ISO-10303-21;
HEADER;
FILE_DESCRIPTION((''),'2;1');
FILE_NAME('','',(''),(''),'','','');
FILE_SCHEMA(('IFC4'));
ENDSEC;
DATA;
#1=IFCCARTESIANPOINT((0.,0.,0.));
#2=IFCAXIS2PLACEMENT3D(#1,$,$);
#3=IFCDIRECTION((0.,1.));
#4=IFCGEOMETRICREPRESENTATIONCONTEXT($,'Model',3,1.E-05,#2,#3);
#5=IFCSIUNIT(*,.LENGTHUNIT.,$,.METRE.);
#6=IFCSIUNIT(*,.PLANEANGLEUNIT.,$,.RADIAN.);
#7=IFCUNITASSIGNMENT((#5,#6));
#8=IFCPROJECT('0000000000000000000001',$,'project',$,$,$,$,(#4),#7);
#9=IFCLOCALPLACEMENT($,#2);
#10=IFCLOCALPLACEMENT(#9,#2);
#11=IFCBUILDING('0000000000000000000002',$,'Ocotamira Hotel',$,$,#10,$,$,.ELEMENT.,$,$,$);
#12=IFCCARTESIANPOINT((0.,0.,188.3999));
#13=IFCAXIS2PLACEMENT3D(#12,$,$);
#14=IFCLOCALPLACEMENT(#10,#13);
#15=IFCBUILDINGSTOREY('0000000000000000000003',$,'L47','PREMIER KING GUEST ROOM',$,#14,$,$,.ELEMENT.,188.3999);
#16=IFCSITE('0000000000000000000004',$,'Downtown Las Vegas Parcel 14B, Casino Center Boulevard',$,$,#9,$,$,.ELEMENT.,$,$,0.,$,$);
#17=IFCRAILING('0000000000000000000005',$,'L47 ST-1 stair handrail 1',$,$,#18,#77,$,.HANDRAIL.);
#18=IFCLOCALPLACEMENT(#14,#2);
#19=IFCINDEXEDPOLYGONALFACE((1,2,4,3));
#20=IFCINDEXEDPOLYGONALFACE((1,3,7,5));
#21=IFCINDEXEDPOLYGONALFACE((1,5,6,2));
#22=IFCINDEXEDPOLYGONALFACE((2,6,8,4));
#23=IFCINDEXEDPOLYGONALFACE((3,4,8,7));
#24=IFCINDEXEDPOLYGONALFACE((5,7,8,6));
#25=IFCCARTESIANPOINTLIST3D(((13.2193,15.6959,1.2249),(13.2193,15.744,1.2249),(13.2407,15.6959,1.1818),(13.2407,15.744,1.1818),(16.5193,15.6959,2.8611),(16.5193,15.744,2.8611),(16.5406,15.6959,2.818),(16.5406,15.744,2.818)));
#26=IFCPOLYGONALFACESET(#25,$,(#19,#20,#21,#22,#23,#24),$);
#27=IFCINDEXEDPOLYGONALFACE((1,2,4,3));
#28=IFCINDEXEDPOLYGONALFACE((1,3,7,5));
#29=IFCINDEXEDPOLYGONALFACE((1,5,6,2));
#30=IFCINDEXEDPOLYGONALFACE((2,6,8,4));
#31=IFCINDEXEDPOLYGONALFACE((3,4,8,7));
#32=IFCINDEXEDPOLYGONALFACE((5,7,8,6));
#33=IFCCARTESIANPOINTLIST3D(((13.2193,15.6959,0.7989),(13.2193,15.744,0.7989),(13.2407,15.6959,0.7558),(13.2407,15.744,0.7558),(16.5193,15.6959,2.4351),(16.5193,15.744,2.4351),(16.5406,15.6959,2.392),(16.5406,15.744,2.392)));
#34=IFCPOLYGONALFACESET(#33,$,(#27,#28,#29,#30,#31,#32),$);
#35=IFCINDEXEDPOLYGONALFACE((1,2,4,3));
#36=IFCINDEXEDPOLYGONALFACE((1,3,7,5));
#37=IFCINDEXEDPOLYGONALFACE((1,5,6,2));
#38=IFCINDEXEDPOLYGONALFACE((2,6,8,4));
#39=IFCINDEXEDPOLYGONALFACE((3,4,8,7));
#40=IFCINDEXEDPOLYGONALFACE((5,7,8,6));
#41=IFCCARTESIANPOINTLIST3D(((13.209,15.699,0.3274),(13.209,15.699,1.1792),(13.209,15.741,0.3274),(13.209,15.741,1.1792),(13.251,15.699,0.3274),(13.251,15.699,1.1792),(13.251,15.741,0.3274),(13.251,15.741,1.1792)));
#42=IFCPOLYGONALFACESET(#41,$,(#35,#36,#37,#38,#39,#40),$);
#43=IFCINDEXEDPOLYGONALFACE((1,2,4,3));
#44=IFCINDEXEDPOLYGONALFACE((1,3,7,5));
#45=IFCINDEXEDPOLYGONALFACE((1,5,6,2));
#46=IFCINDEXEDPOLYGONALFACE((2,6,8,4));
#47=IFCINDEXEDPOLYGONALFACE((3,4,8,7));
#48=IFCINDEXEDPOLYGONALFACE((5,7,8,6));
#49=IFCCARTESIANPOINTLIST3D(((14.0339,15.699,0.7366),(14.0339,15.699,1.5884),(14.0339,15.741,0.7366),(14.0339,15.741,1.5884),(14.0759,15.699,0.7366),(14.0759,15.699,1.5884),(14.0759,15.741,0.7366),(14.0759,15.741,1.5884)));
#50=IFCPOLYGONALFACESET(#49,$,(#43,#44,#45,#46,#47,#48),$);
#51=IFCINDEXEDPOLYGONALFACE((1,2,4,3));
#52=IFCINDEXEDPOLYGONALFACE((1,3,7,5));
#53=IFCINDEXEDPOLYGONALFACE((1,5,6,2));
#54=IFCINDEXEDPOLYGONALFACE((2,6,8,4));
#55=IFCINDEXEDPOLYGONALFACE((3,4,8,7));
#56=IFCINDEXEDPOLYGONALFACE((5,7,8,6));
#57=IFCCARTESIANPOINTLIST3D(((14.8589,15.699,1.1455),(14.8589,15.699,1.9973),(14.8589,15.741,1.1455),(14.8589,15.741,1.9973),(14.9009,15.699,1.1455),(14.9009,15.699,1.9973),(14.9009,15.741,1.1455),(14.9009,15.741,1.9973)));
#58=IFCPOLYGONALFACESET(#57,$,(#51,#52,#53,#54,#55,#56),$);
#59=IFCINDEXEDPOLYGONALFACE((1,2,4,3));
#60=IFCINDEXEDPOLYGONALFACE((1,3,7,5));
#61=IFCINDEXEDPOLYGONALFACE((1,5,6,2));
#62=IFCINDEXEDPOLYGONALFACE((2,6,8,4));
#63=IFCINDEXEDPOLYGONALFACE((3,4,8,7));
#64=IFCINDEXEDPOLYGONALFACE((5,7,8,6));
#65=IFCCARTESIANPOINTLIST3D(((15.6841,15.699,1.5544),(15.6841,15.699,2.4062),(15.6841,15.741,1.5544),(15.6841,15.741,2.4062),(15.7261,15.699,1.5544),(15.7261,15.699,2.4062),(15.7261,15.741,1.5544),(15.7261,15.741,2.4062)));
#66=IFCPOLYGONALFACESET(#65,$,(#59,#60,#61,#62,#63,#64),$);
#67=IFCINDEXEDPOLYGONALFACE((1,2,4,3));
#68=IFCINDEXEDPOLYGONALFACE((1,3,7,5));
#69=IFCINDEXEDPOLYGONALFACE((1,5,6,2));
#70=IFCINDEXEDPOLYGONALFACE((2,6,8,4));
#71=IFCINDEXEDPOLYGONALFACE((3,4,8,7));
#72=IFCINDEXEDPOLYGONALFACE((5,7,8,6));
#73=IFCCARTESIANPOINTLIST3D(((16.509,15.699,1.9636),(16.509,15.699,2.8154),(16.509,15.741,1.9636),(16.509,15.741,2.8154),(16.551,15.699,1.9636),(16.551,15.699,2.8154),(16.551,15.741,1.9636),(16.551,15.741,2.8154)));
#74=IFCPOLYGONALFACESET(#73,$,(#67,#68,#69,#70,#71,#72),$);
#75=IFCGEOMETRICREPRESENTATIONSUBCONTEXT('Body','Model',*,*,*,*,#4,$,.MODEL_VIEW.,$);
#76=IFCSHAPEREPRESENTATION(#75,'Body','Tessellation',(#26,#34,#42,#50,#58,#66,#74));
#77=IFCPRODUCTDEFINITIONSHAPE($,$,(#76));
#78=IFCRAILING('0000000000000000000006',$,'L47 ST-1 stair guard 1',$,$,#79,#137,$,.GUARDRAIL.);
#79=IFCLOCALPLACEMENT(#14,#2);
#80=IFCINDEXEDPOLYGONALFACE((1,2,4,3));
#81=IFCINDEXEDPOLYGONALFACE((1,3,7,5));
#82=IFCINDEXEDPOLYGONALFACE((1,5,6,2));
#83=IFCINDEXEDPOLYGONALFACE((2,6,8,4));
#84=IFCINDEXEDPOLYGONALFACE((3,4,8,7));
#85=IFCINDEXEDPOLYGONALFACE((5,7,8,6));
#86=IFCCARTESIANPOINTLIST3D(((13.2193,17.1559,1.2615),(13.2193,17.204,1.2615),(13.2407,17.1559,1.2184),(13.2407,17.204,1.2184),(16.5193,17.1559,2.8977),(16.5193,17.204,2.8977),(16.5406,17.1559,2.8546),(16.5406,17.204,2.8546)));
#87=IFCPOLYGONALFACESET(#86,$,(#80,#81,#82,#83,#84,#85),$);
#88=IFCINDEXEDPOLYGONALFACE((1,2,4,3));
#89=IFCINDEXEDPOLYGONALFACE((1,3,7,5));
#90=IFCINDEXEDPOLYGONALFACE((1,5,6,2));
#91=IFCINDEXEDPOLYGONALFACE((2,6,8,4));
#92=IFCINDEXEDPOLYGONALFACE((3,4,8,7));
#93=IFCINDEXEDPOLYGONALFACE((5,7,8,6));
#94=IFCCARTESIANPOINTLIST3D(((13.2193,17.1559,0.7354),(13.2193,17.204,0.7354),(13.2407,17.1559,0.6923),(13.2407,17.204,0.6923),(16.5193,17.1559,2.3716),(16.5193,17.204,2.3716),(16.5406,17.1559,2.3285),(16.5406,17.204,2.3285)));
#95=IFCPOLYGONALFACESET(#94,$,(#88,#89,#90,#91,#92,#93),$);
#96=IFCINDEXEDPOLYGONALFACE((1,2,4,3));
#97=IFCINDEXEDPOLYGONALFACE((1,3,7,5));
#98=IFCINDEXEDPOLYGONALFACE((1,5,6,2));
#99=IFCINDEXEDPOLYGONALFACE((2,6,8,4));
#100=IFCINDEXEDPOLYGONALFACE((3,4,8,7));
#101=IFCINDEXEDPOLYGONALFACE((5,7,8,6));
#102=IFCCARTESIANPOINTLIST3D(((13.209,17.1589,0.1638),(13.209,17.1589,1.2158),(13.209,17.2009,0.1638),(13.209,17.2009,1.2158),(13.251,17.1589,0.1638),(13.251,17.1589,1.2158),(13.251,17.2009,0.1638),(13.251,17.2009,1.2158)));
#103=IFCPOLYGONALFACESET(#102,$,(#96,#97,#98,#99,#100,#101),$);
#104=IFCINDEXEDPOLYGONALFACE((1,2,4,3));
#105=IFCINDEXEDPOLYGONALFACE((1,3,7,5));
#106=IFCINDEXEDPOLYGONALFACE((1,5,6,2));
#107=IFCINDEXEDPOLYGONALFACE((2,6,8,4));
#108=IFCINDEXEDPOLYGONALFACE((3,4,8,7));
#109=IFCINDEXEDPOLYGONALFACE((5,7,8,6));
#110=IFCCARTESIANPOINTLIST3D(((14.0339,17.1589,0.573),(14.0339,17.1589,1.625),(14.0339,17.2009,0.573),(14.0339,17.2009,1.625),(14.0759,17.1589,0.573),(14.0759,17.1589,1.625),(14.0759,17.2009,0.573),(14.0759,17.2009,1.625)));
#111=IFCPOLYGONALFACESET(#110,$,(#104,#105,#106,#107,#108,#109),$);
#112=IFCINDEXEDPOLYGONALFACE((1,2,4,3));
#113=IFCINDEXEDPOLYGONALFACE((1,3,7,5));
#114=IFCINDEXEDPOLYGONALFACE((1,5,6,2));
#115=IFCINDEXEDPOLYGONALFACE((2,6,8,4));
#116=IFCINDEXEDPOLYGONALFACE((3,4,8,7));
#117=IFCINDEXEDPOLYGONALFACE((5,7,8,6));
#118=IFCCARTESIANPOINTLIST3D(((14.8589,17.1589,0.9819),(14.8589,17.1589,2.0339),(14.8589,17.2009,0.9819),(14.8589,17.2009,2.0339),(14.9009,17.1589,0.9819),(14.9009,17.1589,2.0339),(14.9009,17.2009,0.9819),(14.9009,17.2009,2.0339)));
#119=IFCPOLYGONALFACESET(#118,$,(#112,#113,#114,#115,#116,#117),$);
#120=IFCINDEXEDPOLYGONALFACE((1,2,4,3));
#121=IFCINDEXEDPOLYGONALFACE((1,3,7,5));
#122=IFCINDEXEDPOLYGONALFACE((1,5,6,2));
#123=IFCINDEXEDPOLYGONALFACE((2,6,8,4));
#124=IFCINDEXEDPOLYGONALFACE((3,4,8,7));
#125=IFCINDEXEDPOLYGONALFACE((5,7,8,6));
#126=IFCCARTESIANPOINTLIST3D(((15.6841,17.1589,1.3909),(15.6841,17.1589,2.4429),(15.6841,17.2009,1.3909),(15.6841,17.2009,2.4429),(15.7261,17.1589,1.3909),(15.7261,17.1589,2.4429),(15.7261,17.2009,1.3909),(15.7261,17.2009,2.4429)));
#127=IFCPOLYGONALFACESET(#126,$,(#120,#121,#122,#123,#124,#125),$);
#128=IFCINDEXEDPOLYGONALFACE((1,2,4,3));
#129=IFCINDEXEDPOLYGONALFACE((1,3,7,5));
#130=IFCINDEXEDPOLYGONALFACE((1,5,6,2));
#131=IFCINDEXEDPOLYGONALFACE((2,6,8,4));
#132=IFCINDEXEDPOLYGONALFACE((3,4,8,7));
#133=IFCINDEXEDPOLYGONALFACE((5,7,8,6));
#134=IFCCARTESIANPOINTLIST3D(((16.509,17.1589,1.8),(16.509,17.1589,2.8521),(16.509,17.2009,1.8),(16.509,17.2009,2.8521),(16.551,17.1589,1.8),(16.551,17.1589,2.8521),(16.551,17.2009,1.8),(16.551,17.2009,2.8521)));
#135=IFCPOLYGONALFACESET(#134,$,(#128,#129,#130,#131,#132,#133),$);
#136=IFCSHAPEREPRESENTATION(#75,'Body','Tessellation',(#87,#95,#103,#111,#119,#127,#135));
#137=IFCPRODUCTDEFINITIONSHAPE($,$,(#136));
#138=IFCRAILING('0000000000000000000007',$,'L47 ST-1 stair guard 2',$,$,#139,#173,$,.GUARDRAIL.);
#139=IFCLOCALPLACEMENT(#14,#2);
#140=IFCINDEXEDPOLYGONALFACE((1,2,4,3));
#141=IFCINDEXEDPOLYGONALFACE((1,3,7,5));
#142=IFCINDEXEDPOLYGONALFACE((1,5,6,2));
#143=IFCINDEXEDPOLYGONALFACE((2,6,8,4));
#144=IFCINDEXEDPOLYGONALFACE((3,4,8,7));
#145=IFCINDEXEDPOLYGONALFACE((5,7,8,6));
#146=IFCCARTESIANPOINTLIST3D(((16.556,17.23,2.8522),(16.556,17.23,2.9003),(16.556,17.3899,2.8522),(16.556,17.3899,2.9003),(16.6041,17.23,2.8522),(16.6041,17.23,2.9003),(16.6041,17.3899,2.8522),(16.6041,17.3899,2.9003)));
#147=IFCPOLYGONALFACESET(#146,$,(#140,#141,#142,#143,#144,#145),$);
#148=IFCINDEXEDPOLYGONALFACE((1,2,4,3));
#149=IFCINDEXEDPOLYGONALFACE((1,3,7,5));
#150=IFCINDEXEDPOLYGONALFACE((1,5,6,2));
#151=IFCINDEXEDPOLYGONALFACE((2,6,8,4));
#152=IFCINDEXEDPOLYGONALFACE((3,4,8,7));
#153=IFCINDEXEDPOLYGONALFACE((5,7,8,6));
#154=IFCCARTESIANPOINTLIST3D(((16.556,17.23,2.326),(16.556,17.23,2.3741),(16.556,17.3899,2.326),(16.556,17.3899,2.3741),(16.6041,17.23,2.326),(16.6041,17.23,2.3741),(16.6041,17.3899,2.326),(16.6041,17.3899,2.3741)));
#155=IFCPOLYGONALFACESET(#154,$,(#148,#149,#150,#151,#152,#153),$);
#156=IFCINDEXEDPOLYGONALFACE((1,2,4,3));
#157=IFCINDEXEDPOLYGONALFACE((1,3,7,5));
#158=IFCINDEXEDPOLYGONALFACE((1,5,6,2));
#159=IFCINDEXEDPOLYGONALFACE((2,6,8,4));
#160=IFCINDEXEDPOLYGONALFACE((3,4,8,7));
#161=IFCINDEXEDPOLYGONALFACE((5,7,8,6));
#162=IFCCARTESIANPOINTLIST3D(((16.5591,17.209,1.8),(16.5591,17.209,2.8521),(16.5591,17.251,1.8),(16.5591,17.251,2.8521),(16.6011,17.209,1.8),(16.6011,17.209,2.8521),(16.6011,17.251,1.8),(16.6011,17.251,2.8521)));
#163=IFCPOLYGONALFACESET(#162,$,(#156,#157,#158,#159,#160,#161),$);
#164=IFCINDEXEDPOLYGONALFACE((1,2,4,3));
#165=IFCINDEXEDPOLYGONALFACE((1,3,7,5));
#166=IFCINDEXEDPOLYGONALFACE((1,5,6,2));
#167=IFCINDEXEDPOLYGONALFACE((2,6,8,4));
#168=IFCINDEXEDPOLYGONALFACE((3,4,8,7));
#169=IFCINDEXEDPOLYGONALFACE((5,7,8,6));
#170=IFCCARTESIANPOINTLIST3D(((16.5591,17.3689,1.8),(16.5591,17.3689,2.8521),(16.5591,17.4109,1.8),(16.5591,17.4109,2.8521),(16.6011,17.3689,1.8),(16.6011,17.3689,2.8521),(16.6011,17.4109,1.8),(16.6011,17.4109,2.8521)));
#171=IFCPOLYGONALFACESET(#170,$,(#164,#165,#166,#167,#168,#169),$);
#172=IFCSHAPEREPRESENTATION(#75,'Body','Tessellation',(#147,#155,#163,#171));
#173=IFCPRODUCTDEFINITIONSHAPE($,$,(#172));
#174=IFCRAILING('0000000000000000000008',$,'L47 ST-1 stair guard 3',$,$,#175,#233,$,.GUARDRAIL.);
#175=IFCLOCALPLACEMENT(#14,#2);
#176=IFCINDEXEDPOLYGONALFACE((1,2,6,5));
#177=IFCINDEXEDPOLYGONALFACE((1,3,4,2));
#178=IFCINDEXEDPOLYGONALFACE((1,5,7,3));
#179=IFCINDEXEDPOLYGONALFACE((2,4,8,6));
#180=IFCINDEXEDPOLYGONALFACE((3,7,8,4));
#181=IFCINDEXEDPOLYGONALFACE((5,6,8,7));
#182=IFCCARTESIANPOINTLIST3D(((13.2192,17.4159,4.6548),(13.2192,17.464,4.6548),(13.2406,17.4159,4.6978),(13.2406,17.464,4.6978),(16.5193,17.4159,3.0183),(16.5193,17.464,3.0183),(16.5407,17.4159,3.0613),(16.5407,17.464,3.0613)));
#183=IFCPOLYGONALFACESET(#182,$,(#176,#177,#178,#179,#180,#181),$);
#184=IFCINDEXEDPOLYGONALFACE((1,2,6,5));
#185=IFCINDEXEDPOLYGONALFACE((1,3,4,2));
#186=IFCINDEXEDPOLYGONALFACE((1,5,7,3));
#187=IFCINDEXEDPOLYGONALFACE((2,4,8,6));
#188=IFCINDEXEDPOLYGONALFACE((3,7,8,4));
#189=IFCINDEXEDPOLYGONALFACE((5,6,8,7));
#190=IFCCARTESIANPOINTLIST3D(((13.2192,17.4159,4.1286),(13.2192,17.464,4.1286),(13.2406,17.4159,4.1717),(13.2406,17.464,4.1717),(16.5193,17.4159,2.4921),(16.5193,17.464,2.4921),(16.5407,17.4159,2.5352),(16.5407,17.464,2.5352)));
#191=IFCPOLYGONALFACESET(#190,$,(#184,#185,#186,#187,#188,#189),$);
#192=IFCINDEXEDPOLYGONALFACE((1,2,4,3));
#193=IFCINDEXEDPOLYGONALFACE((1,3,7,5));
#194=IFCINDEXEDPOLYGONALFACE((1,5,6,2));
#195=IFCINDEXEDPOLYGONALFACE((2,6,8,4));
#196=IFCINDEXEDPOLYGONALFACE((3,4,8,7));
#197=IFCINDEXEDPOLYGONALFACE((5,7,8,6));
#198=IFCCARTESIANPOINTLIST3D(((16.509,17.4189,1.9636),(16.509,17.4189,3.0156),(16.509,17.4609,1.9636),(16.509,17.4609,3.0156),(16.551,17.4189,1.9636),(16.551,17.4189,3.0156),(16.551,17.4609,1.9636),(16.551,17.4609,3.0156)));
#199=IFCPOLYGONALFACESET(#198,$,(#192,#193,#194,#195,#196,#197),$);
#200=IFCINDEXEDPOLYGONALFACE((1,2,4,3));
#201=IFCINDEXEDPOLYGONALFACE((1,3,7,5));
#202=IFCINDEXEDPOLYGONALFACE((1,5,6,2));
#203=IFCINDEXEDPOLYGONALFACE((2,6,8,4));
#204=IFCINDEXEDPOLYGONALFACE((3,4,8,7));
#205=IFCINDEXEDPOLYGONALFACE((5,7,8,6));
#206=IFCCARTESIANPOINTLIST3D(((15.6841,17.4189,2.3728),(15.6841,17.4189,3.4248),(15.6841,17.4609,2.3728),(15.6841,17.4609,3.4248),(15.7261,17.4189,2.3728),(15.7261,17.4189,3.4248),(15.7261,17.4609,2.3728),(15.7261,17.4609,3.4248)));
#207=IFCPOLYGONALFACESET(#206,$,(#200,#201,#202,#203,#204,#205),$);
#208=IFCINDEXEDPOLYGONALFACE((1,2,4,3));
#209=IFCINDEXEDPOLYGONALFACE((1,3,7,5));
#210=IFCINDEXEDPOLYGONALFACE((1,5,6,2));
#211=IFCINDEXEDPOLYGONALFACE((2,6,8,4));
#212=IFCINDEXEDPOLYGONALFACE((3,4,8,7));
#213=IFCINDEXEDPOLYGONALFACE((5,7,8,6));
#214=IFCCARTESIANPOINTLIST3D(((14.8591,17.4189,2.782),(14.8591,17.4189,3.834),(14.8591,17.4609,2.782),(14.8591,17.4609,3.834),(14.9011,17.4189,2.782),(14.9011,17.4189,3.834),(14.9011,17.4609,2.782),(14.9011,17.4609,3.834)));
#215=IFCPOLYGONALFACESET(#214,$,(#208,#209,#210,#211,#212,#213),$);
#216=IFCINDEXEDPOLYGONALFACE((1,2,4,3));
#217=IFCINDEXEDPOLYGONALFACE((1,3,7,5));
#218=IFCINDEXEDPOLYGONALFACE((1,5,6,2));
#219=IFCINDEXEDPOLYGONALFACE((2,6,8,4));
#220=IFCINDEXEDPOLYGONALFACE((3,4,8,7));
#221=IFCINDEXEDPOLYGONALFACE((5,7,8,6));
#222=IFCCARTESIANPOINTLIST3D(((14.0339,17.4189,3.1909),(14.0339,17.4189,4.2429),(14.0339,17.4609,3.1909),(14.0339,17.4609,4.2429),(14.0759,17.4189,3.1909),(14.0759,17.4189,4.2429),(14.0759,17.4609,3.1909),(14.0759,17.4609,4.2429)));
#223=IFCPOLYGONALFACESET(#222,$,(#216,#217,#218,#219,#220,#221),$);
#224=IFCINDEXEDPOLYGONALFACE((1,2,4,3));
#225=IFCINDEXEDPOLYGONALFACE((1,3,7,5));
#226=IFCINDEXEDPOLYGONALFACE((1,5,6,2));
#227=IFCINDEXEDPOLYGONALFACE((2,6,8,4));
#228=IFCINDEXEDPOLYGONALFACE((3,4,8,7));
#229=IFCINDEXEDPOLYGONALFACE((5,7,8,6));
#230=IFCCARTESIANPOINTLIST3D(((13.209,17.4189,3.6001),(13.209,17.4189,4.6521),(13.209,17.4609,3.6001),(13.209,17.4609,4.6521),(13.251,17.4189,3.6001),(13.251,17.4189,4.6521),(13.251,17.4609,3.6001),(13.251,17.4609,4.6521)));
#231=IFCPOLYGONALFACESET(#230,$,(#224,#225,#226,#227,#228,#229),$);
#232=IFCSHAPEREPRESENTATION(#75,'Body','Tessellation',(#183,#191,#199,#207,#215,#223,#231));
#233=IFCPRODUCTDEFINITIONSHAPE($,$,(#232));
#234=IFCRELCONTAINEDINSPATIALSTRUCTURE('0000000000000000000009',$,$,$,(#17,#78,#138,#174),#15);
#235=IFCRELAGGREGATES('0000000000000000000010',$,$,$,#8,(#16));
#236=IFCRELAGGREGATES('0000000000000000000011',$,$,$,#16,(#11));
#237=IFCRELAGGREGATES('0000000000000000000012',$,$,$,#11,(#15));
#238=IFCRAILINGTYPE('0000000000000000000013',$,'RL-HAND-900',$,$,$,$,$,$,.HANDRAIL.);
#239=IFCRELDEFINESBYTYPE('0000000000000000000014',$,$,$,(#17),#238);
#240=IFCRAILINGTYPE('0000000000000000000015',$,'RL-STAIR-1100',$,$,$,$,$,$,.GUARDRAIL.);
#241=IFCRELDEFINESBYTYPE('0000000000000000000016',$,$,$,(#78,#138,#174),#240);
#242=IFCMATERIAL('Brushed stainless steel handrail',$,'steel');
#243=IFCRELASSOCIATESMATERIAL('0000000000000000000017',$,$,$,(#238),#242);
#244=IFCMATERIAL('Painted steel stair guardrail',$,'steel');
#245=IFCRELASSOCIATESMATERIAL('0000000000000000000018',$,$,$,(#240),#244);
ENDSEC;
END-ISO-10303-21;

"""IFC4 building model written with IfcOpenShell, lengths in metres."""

from ifc_helpers import new_model, si_unit, direction, frame, origin, origin_2d, place, context, subcontext, project, spatial, rectangle, extrude, material, type_object, element, save


model = new_model("IFC4")

# Units and contexts
model_context = context("Model", 3, precision=1e-05, world=origin(), true_north=direction((0.0, 1.0)))
body_context = subcontext(model_context, "Body", "Model", "MODEL_VIEW")
ifc_project = project(units=[si_unit("LENGTHUNIT", "METRE"), si_unit("PLANEANGLEUNIT", "RADIAN")], contexts=[model_context])

# Site, building, storey
site_placement = place(None, origin())
site = spatial("IfcSite", under=ifc_project, at=site_placement, Name="Downtown Las Vegas Parcel 14B, Casino Center Boulevard", CompositionType="ELEMENT", RefElevation=0.0)
building_placement = place(site_placement, origin())
building = spatial("IfcBuilding", under=site, at=building_placement, Name="Ocotamira Hotel", CompositionType="ELEMENT")
storey_placement = place(building_placement, frame((0.0, 0.0, 188.3999)))
storey = spatial("IfcBuildingStorey", under=building, at=storey_placement, Name="L47", Description="PREMIER KING GUEST ROOM", CompositionType="ELEMENT", Elevation=188.3999)

# Railings
ifc_material_1 = material(Name="Brushed stainless steel handrail", Category="steel")
railing_type_1 = type_object("IfcRailingType", Name="RL-HAND-900", PredefinedType="HANDRAIL", material=ifc_material_1)
railing_1_placement = place(storey_placement, frame((13.23, 15.72, 0.3274)))
element("IfcRailing", 1, at=railing_1_placement, inside=storey, type_object=railing_type_1, Name="L47 ST-1 stair handrail 1", PredefinedType="HANDRAIL", context=body_context, shape_type="SweptSolid", body=[
    extrude(rectangle(XDim=0.0481, YDim=0.0481, at=origin_2d()), frame((0.0, 0.0, 0.876), z_axis=(0.89592, 0.0, 0.444215), x_axis=(0.0, 1.0, 0.0)), (0.0, 0.0, 1.0), 3.6833),
    extrude(rectangle(XDim=0.0481, YDim=0.0481, at=origin_2d()), frame((0.0, 0.0, 0.45), z_axis=(0.89592, 0.0, 0.444215), x_axis=(0.0, 1.0, 0.0)), (0.0, 0.0, 1.0), 3.6833),
    extrude(rectangle(XDim=0.042, YDim=0.042, at=origin_2d()), origin(), (0.0, 0.0, 1.0), 0.8518),
    extrude(rectangle(XDim=0.042, YDim=0.042, at=origin_2d()), frame((0.825, 0.0, 0.4092)), (0.0, 0.0, 1.0), 0.8518),
    extrude(rectangle(XDim=0.042, YDim=0.042, at=origin_2d()), frame((1.6499, 0.0, 0.8181)), (0.0, 0.0, 1.0), 0.8518),
    extrude(rectangle(XDim=0.042, YDim=0.042, at=origin_2d()), frame((2.4751, 0.0, 1.2271)), (0.0, 0.0, 1.0), 0.8518),
    extrude(rectangle(XDim=0.042, YDim=0.042, at=origin_2d()), frame((3.3, 0.0, 1.6362)), (0.0, 0.0, 1.0), 0.8518),
])
ifc_material_2 = material(Name="Painted steel stair guardrail", Category="steel")
railing_type_2 = type_object("IfcRailingType", Name="RL-STAIR-1100", PredefinedType="GUARDRAIL", material=ifc_material_2)
railing_2_placement = place(storey_placement, frame((13.23, 17.1799, 0.1638)))
element("IfcRailing", 2, at=railing_2_placement, inside=storey, type_object=railing_type_2, Name="L47 ST-1 stair guard 1", PredefinedType="GUARDRAIL", context=body_context, shape_type="SweptSolid", body=[
    extrude(rectangle(XDim=0.0481, YDim=0.0481, at=origin_2d()), frame((0.0, 0.0, 1.0762), z_axis=(0.89592, 0.0, 0.444215), x_axis=(0.0, 1.0, 0.0)), (0.0, 0.0, 1.0), 3.6833),
    extrude(rectangle(XDim=0.0481, YDim=0.0481, at=origin_2d()), frame((0.0, 0.0, 0.55), z_axis=(0.89592, 0.0, 0.444215), x_axis=(0.0, 1.0, 0.0)), (0.0, 0.0, 1.0), 3.6833),
    extrude(rectangle(XDim=0.042, YDim=0.042, at=origin_2d()), origin(), (0.0, 0.0, 1.0), 1.052),
    extrude(rectangle(XDim=0.042, YDim=0.042, at=origin_2d()), frame((0.825, 0.0, 0.4092)), (0.0, 0.0, 1.0), 1.052),
    extrude(rectangle(XDim=0.042, YDim=0.042, at=origin_2d()), frame((1.6499, 0.0, 0.8181)), (0.0, 0.0, 1.0), 1.052),
    extrude(rectangle(XDim=0.042, YDim=0.042, at=origin_2d()), frame((2.4751, 0.0, 1.2271)), (0.0, 0.0, 1.0), 1.052),
    extrude(rectangle(XDim=0.042, YDim=0.042, at=origin_2d()), frame((3.3, 0.0, 1.6362)), (0.0, 0.0, 1.0), 1.052),
])
railing_3_placement = place(storey_placement, frame((16.5801, 17.23, 1.8)))
element("IfcRailing", 3, at=railing_3_placement, inside=storey, type_object=railing_type_2, Name="L47 ST-1 stair guard 2", PredefinedType="GUARDRAIL", context=body_context, shape_type="SweptSolid", body=[
    extrude(rectangle(XDim=0.0481, YDim=0.0481, at=origin_2d()), frame((0.0, 0.0, 1.0762), z_axis=(0.0, 1.0, 0.0), x_axis=(-1.0, 0.0, 0.0)), (0.0, 0.0, 1.0), 0.1599),
    extrude(rectangle(XDim=0.0481, YDim=0.0481, at=origin_2d()), frame((0.0, 0.0, 0.55), z_axis=(0.0, 1.0, 0.0), x_axis=(-1.0, 0.0, 0.0)), (0.0, 0.0, 1.0), 0.1599),
    extrude(rectangle(XDim=0.042, YDim=0.042, at=origin_2d()), origin(), (0.0, 0.0, 1.0), 1.052),
    extrude(rectangle(XDim=0.042, YDim=0.042, at=origin_2d()), frame((0.0, 0.1599, 0.0)), (0.0, 0.0, 1.0), 1.052),
])
railing_4_placement = place(storey_placement, frame((16.53, 17.4399, 1.9636)))
element("IfcRailing", 4, at=railing_4_placement, inside=storey, type_object=railing_type_2, Name="L47 ST-1 stair guard 3", PredefinedType="GUARDRAIL", context=body_context, shape_type="SweptSolid", body=[
    extrude(rectangle(XDim=0.0481, YDim=0.0481, at=origin_2d()), frame((0.0, 0.0, 1.0762), z_axis=(-0.895894, 0.0, 0.444268), x_axis=(0.0, -1.0, 0.0)), (0.0, 0.0, 1.0), 3.6836),
    extrude(rectangle(XDim=0.0481, YDim=0.0481, at=origin_2d()), frame((0.0, 0.0, 0.55), z_axis=(-0.895894, 0.0, 0.444268), x_axis=(0.0, -1.0, 0.0)), (0.0, 0.0, 1.0), 3.6836),
    extrude(rectangle(XDim=0.042, YDim=0.042, at=origin_2d()), origin(), (0.0, 0.0, 1.0), 1.052),
    extrude(rectangle(XDim=0.042, YDim=0.042, at=origin_2d()), frame((-0.825, 0.0, 0.4092)), (0.0, 0.0, 1.0), 1.052),
    extrude(rectangle(XDim=0.042, YDim=0.042, at=origin_2d()), frame((-1.6499, 0.0, 0.8184)), (0.0, 0.0, 1.0), 1.052),
    extrude(rectangle(XDim=0.042, YDim=0.042, at=origin_2d()), frame((-2.4751, 0.0, 1.2273)), (0.0, 0.0, 1.0), 1.052),
    extrude(rectangle(XDim=0.042, YDim=0.042, at=origin_2d()), frame((-3.3, 0.0, 1.6365)), (0.0, 0.0, 1.0), 1.052),
])

save(model, "model.ifc")
